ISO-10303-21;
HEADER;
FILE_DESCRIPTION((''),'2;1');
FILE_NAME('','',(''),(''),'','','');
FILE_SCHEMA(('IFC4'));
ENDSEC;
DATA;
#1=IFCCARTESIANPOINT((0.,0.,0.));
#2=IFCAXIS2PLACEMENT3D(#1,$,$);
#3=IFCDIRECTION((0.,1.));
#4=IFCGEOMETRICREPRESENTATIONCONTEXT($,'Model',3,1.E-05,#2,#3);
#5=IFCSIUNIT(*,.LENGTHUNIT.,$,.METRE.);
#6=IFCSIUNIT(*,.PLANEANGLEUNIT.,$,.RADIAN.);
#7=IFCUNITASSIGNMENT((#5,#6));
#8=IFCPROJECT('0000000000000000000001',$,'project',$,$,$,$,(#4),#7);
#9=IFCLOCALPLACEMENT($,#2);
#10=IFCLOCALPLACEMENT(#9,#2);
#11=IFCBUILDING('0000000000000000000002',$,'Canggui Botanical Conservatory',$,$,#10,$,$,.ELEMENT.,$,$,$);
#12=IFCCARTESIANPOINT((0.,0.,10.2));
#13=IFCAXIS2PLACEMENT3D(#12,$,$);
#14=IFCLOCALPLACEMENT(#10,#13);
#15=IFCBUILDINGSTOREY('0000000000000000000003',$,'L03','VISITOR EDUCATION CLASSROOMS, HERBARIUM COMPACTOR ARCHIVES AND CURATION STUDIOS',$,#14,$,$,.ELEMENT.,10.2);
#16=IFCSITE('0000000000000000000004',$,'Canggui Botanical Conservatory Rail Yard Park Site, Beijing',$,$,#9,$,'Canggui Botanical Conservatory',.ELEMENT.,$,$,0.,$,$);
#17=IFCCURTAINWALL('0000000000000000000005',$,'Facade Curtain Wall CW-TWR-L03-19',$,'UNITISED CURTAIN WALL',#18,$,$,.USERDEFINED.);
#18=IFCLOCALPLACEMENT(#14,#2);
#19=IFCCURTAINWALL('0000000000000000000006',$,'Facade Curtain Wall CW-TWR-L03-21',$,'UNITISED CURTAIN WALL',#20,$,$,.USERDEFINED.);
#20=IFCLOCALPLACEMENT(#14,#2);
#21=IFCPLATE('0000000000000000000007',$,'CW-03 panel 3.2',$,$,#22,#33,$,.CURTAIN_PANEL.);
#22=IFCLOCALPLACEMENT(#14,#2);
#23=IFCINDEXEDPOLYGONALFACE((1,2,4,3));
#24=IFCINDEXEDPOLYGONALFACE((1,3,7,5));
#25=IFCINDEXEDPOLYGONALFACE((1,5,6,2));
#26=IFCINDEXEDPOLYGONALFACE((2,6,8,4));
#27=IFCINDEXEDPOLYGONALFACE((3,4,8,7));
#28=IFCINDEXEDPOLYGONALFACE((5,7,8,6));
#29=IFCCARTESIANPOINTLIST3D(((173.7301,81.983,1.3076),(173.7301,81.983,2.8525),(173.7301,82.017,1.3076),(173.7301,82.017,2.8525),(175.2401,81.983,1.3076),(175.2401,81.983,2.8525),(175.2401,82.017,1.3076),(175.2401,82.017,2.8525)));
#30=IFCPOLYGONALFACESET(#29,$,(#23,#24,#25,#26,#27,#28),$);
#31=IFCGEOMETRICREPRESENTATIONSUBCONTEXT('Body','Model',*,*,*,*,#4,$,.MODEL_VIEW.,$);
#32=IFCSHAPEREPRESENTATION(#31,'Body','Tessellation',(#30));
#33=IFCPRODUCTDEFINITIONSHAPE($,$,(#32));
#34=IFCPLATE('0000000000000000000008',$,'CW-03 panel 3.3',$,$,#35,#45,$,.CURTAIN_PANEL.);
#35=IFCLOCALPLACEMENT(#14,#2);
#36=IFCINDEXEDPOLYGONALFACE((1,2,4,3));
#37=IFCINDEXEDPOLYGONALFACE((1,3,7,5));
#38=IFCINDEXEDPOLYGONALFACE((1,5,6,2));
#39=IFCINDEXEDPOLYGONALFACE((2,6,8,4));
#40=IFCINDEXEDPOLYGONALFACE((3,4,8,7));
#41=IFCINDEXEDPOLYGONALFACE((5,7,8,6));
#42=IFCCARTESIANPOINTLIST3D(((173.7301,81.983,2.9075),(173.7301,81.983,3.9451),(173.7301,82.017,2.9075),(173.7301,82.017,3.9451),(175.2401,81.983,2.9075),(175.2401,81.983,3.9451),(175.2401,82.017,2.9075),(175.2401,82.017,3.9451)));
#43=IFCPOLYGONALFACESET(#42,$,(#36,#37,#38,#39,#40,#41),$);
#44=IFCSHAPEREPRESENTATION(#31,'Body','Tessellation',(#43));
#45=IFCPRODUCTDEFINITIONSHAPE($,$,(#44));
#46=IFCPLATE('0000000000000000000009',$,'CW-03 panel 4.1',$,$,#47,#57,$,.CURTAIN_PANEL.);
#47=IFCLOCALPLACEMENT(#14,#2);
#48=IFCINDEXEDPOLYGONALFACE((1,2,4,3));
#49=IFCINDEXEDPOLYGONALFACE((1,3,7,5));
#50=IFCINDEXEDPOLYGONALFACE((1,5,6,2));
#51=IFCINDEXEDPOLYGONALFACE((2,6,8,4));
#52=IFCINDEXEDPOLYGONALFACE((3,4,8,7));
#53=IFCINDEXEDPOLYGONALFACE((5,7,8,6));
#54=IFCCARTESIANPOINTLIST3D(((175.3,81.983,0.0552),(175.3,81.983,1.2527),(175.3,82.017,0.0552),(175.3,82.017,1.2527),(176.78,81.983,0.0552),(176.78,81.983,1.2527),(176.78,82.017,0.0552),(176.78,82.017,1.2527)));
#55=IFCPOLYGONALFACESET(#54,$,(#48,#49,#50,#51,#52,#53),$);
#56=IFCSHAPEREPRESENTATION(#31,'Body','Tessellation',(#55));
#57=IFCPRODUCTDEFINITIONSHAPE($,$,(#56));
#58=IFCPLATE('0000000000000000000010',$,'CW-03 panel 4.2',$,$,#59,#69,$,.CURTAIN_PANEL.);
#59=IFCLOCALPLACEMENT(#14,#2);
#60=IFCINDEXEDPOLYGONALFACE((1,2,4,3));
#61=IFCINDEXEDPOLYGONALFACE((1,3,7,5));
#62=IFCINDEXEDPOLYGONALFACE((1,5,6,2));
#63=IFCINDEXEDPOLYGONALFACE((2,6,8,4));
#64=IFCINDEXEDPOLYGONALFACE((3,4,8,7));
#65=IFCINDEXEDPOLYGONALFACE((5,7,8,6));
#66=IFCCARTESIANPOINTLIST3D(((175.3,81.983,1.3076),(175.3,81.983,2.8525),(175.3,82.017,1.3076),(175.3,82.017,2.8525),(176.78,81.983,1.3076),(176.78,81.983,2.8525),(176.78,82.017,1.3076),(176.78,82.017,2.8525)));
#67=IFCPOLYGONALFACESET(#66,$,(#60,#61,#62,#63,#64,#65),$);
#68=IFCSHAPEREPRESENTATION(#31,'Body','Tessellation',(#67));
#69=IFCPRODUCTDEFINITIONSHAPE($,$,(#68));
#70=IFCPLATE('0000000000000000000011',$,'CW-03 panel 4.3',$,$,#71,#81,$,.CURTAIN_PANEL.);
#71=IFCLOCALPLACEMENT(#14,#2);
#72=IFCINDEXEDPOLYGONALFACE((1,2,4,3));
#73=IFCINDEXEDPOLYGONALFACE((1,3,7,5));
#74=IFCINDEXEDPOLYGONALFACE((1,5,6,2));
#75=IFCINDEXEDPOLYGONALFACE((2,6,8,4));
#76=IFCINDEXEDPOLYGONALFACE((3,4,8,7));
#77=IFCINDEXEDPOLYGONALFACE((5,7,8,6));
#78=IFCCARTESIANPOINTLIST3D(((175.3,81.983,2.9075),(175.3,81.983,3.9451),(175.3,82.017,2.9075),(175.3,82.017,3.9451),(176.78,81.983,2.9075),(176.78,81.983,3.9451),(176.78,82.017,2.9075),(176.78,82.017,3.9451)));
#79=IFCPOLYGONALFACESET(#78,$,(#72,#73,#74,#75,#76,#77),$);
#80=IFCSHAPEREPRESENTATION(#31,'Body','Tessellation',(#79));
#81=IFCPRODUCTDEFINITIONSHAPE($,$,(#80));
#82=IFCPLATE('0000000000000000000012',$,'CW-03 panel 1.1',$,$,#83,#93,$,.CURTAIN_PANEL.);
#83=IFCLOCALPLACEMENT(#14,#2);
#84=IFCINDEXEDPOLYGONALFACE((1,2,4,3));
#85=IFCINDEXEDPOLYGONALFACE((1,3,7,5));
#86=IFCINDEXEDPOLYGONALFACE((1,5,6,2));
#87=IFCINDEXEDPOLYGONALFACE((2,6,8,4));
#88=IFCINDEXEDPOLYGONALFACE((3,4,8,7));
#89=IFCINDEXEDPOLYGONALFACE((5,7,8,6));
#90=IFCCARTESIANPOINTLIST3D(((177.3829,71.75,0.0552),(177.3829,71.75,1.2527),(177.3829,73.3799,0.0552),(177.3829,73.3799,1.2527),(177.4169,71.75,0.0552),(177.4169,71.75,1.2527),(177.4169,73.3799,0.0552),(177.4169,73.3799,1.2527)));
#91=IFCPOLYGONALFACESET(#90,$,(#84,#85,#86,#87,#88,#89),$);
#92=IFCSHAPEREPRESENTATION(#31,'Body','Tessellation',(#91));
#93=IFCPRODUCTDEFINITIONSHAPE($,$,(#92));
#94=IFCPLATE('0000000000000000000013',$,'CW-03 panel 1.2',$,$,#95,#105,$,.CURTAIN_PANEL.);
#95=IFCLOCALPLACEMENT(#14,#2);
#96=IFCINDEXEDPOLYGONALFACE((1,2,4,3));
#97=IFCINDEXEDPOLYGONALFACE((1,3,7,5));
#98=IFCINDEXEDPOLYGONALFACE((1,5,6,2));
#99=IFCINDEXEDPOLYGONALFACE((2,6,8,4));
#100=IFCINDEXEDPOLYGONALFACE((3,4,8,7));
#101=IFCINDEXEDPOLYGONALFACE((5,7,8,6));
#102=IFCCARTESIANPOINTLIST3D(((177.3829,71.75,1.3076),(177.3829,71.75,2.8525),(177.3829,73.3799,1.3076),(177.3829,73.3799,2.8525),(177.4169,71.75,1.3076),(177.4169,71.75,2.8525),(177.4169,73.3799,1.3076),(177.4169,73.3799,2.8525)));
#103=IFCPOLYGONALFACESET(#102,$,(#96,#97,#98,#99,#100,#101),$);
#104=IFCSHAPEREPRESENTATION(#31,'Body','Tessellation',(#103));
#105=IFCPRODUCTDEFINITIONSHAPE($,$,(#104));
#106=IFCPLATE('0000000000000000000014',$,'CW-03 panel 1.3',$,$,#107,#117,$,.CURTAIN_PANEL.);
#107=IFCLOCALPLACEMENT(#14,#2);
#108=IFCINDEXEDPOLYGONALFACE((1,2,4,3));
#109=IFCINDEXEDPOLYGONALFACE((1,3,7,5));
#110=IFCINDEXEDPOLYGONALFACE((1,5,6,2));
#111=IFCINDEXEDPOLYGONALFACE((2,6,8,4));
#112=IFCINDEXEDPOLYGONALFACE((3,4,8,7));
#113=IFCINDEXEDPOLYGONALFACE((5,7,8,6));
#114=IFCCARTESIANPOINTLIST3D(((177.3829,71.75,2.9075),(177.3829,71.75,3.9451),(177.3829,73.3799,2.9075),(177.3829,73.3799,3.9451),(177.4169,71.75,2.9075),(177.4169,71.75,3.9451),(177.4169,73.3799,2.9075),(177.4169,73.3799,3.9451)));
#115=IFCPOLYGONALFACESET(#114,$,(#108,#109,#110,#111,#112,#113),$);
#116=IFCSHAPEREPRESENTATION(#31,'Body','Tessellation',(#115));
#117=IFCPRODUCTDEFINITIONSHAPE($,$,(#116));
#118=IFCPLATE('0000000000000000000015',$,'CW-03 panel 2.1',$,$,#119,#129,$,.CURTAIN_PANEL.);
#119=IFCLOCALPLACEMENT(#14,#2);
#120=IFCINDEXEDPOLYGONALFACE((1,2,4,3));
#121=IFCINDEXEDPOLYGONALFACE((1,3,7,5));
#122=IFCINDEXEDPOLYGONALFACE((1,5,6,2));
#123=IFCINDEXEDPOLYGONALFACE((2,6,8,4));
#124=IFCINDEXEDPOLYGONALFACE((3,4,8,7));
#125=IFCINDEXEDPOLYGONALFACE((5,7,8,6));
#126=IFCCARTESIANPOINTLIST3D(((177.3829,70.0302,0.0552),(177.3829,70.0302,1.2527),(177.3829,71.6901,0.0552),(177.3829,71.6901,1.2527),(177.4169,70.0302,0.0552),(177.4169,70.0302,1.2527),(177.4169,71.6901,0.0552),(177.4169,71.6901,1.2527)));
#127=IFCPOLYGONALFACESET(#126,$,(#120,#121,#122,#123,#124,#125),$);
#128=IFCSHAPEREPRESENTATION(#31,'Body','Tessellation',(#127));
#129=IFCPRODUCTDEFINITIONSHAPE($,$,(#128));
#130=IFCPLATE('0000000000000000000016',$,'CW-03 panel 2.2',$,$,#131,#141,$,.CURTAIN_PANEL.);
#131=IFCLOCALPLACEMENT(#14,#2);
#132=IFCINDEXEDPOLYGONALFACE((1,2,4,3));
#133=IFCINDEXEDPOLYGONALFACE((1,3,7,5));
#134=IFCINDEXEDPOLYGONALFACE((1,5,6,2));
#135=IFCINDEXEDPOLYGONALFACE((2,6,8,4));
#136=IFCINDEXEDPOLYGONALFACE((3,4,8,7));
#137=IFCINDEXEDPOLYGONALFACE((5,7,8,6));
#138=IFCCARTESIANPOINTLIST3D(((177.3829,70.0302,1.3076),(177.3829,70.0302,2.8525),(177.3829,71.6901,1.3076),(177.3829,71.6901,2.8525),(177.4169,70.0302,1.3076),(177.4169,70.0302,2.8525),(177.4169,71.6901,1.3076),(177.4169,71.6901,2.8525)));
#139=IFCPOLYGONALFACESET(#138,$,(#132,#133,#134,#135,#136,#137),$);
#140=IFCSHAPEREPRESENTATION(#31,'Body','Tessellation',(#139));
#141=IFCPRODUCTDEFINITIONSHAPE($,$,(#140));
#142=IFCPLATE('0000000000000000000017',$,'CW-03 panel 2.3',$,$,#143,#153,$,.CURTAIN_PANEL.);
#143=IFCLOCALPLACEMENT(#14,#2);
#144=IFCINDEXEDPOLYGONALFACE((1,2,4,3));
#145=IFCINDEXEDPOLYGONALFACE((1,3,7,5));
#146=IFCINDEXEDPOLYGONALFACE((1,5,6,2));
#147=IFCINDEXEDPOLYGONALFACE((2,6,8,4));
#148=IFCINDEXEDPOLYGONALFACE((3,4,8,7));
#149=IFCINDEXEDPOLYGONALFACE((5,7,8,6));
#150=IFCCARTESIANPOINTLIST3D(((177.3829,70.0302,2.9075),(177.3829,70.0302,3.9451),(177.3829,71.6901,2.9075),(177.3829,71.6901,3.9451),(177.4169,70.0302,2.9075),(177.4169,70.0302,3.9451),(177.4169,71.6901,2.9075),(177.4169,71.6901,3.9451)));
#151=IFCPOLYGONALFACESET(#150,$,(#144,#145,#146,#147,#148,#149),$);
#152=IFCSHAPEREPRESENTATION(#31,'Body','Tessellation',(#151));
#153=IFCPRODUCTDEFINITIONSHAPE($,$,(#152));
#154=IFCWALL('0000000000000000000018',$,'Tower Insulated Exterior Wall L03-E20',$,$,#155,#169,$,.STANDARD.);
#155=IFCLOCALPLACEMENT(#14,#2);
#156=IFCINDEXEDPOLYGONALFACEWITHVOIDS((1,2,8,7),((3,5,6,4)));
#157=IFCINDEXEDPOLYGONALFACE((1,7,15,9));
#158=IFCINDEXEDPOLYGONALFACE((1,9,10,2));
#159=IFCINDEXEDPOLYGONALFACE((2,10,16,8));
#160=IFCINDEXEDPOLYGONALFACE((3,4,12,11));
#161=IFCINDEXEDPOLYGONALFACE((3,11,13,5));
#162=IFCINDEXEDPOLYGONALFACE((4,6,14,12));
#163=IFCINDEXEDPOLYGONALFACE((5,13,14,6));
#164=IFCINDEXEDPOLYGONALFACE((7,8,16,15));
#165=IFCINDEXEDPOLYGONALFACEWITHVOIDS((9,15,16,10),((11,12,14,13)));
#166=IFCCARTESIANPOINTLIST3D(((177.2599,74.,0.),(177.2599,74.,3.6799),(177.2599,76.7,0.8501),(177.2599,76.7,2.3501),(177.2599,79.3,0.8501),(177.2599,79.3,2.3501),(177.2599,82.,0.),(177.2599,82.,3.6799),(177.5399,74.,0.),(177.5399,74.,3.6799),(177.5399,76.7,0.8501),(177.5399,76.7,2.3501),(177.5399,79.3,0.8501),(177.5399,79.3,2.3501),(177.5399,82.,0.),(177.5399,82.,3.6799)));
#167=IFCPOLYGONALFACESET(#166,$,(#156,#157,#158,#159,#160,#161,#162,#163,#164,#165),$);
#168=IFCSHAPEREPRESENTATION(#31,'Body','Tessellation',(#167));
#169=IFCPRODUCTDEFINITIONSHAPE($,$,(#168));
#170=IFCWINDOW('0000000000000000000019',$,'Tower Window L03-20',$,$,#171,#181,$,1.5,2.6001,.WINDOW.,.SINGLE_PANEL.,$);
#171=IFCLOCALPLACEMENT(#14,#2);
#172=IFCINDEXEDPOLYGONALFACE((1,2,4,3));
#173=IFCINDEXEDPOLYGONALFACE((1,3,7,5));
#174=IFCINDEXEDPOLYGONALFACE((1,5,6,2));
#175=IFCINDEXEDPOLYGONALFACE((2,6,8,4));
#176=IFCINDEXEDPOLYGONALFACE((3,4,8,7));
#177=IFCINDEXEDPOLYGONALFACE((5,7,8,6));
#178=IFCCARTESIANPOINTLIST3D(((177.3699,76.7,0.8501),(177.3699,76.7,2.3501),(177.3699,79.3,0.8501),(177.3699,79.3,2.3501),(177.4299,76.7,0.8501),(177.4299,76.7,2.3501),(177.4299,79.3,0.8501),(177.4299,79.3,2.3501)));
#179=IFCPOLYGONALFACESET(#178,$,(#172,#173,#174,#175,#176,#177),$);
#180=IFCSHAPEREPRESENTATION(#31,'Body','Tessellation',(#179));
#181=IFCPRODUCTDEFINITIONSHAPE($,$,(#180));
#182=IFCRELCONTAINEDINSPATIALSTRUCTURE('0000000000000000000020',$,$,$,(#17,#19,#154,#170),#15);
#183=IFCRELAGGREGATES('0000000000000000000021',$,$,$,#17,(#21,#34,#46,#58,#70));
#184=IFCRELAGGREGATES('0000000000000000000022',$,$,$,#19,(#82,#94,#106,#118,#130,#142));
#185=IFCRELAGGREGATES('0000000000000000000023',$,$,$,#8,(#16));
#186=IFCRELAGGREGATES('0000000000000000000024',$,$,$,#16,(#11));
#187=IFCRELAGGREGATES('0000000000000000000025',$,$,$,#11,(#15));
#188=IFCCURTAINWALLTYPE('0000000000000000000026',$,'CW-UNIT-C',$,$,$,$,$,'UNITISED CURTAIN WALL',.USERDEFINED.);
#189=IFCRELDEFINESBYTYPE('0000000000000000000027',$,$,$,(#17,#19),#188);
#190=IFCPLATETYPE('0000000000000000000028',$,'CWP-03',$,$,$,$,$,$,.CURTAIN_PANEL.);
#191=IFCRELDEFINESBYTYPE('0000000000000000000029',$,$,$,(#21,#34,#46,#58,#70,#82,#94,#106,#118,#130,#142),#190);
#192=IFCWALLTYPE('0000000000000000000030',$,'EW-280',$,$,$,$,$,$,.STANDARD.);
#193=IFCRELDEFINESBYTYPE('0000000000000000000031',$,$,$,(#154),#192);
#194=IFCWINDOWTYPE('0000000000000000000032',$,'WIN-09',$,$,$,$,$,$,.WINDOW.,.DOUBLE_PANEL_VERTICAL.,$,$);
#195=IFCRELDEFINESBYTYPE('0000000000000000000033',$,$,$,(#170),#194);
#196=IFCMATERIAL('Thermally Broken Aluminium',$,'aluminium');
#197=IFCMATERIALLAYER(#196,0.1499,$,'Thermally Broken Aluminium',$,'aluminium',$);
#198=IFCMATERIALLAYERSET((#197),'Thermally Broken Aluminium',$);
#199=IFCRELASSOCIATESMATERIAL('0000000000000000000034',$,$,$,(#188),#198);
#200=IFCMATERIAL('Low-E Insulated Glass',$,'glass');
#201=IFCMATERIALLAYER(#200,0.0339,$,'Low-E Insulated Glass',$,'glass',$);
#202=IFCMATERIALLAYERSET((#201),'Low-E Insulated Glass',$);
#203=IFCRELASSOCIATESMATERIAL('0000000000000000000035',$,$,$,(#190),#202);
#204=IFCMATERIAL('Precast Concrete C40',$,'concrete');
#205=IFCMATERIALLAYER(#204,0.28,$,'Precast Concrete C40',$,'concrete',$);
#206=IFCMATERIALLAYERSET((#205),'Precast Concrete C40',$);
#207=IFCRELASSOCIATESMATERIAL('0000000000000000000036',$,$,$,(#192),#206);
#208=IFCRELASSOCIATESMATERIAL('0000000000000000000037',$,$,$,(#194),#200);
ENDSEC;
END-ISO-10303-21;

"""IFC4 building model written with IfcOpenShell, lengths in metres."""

from ifc_helpers import new_model, si_unit, direction, frame, frame_2d, origin, origin_2d, place, context, subcontext, project, spatial, rectangle, extrude, material, layer, layer_set, type_object, element, fill, aggregate, save


model = new_model("IFC4")

# Units and contexts
model_context = context("Model", 3, precision=1e-05, world=origin(), true_north=direction((0.0, 1.0)))
body_context = subcontext(model_context, "Body", "Model", "MODEL_VIEW")
ifc_project = project(units=[si_unit("LENGTHUNIT", "METRE"), si_unit("PLANEANGLEUNIT", "RADIAN")], contexts=[model_context])

# Site, building, storey
site_placement = place(None, origin())
site = spatial("IfcSite", under=ifc_project, at=site_placement, Name="Canggui Botanical Conservatory Rail Yard Park Site, Beijing", LongName="Canggui Botanical Conservatory", CompositionType="ELEMENT", RefElevation=0.0)
building_placement = place(site_placement, origin())
building = spatial("IfcBuilding", under=site, at=building_placement, Name="Canggui Botanical Conservatory", CompositionType="ELEMENT")
storey_placement = place(building_placement, frame((0.0, 0.0, 10.2)))
storey = spatial("IfcBuildingStorey", under=building, at=storey_placement, Name="L03", Description="VISITOR EDUCATION CLASSROOMS, HERBARIUM COMPACTOR ARCHIVES AND CURATION STUDIOS", CompositionType="ELEMENT", Elevation=10.2)

# Curtain walls
ifc_material_1 = material(Name="Thermally Broken Aluminium", Category="aluminium")
ifc_layer_1 = layer(ifc_material_1, 0.1499, Name="Thermally Broken Aluminium", Category="aluminium")
ifc_layer_set_1 = layer_set([ifc_layer_1], Name="Thermally Broken Aluminium")
curtain_wall_type = type_object("IfcCurtainWallType", Name="CW-UNIT-C", ElementType="UNITISED CURTAIN WALL", PredefinedType="USERDEFINED", material=ifc_layer_set_1)
curtain_wall_1_placement = place(storey_placement, origin())
curtain_wall_1 = element("IfcCurtainWall", 1, at=curtain_wall_1_placement, inside=storey, type_object=curtain_wall_type, Name="Facade Curtain Wall CW-TWR-L03-19", ObjectType="UNITISED CURTAIN WALL", PredefinedType="USERDEFINED")
curtain_wall_2_placement = place(storey_placement, origin())
curtain_wall_2 = element("IfcCurtainWall", 2, at=curtain_wall_2_placement, inside=storey, type_object=curtain_wall_type, Name="Facade Curtain Wall CW-TWR-L03-21", ObjectType="UNITISED CURTAIN WALL", PredefinedType="USERDEFINED")

# Plates
ifc_material_2 = material(Name="Low-E Insulated Glass", Category="glass")
ifc_layer_2 = layer(ifc_material_2, 0.0339, Name="Low-E Insulated Glass", Category="glass")
ifc_layer_set_2 = layer_set([ifc_layer_2], Name="Low-E Insulated Glass")
plate_type = type_object("IfcPlateType", Name="CWP-03", PredefinedType="CURTAIN_PANEL", material=ifc_layer_set_2)
plate_1_placement = place(storey_placement, frame((174.4851, 82.0, 1.3076), z_axis=(0.0, 0.0, 1.0), x_axis=(1.0, 0.0, 0.0)))
plate_1 = element("IfcPlate", 3, at=plate_1_placement, type_object=plate_type, Name="CW-03 panel 3.2", PredefinedType="CURTAIN_PANEL", context=body_context, shape_type="SweptSolid", body=[
    extrude(rectangle(XDim=1.51, YDim=0.0339, at=origin_2d()), origin(), (0.0, 0.0, 1.0), 1.5449),
])
plate_2_placement = place(storey_placement, frame((174.4851, 82.0, 2.9075), z_axis=(0.0, 0.0, 1.0), x_axis=(1.0, 0.0, 0.0)))
plate_2 = element("IfcPlate", 4, at=plate_2_placement, type_object=plate_type, Name="CW-03 panel 3.3", PredefinedType="CURTAIN_PANEL", context=body_context, shape_type="SweptSolid", body=[
    extrude(rectangle(XDim=1.51, YDim=0.0339, at=origin_2d()), origin(), (0.0, 0.0, 1.0), 1.0376),
])
plate_3_placement = place(storey_placement, frame((176.04, 82.0, 0.0552), z_axis=(0.0, 0.0, 1.0), x_axis=(1.0, 0.0, 0.0)))
plate_3 = element("IfcPlate", 5, at=plate_3_placement, type_object=plate_type, Name="CW-03 panel 4.1", PredefinedType="CURTAIN_PANEL", context=body_context, shape_type="SweptSolid", body=[
    extrude(rectangle(XDim=1.48, YDim=0.0339, at=origin_2d()), origin(), (0.0, 0.0, 1.0), 1.1975),
])
plate_4_placement = place(storey_placement, frame((176.04, 82.0, 1.3076), z_axis=(0.0, 0.0, 1.0), x_axis=(1.0, 0.0, 0.0)))
plate_4 = element("IfcPlate", 6, at=plate_4_placement, type_object=plate_type, Name="CW-03 panel 4.2", PredefinedType="CURTAIN_PANEL", context=body_context, shape_type="SweptSolid", body=[
    extrude(rectangle(XDim=1.48, YDim=0.0339, at=origin_2d()), origin(), (0.0, 0.0, 1.0), 1.5449),
])
plate_5_placement = place(storey_placement, frame((176.04, 82.0, 2.9075), z_axis=(0.0, 0.0, 1.0), x_axis=(1.0, 0.0, 0.0)))
plate_5 = element("IfcPlate", 7, at=plate_5_placement, type_object=plate_type, Name="CW-03 panel 4.3", PredefinedType="CURTAIN_PANEL", context=body_context, shape_type="SweptSolid", body=[
    extrude(rectangle(XDim=1.48, YDim=0.0339, at=origin_2d()), origin(), (0.0, 0.0, 1.0), 1.0376),
])
aggregate(curtain_wall_1, [plate_1, plate_2, plate_3, plate_4, plate_5])
plate_6_placement = place(storey_placement, frame((177.3999, 72.5649, 0.0552), z_axis=(0.0, 0.0, 1.0), x_axis=(0.0, -1.0, 0.0)))
plate_6 = element("IfcPlate", 8, at=plate_6_placement, type_object=plate_type, Name="CW-03 panel 1.1", PredefinedType="CURTAIN_PANEL", context=body_context, shape_type="SweptSolid", body=[
    extrude(rectangle(XDim=1.6299, YDim=0.0339, at=origin_2d()), origin(), (0.0, 0.0, 1.0), 1.1975),
])
plate_7_placement = place(storey_placement, frame((177.3999, 72.5649, 1.3076), z_axis=(0.0, 0.0, 1.0), x_axis=(0.0, -1.0, 0.0)))
plate_7 = element("IfcPlate", 9, at=plate_7_placement, type_object=plate_type, Name="CW-03 panel 1.2", PredefinedType="CURTAIN_PANEL", context=body_context, shape_type="SweptSolid", body=[
    extrude(rectangle(XDim=1.6299, YDim=0.0339, at=origin_2d()), origin(), (0.0, 0.0, 1.0), 1.5449),
])
plate_8_placement = place(storey_placement, frame((177.3999, 72.5649, 2.9075), z_axis=(0.0, 0.0, 1.0), x_axis=(0.0, -1.0, 0.0)))
plate_8 = element("IfcPlate", 10, at=plate_8_placement, type_object=plate_type, Name="CW-03 panel 1.3", PredefinedType="CURTAIN_PANEL", context=body_context, shape_type="SweptSolid", body=[
    extrude(rectangle(XDim=1.6299, YDim=0.0339, at=origin_2d()), origin(), (0.0, 0.0, 1.0), 1.0376),
])
plate_9_placement = place(storey_placement, frame((177.3999, 70.8601, 0.0552), z_axis=(0.0, 0.0, 1.0), x_axis=(0.0, -1.0, 0.0)))
plate_9 = element("IfcPlate", 11, at=plate_9_placement, type_object=plate_type, Name="CW-03 panel 2.1", PredefinedType="CURTAIN_PANEL", context=body_context, shape_type="SweptSolid", body=[
    extrude(rectangle(XDim=1.6599, YDim=0.0339, at=origin_2d()), origin(), (0.0, 0.0, 1.0), 1.1975),
])
plate_10_placement = place(storey_placement, frame((177.3999, 70.8601, 1.3076), z_axis=(0.0, 0.0, 1.0), x_axis=(0.0, -1.0, 0.0)))
plate_10 = element("IfcPlate", 12, at=plate_10_placement, type_object=plate_type, Name="CW-03 panel 2.2", PredefinedType="CURTAIN_PANEL", context=body_context, shape_type="SweptSolid", body=[
    extrude(rectangle(XDim=1.6599, YDim=0.0339, at=origin_2d()), origin(), (0.0, 0.0, 1.0), 1.5449),
])
plate_11_placement = place(storey_placement, frame((177.3999, 70.8601, 2.9075), z_axis=(0.0, 0.0, 1.0), x_axis=(0.0, -1.0, 0.0)))
plate_11 = element("IfcPlate", 13, at=plate_11_placement, type_object=plate_type, Name="CW-03 panel 2.3", PredefinedType="CURTAIN_PANEL", context=body_context, shape_type="SweptSolid", body=[
    extrude(rectangle(XDim=1.6599, YDim=0.0339, at=origin_2d()), origin(), (0.0, 0.0, 1.0), 1.0376),
])
aggregate(curtain_wall_2, [plate_6, plate_7, plate_8, plate_9, plate_10, plate_11])

# Wall, opening, window
ifc_material_3 = material(Name="Precast Concrete C40", Category="concrete")
ifc_layer_3 = layer(ifc_material_3, 0.28, Name="Precast Concrete C40", Category="concrete")
ifc_layer_set_3 = layer_set([ifc_layer_3], Name="Precast Concrete C40")
wall_type = type_object("IfcWallType", Name="EW-280", PredefinedType="STANDARD", material=ifc_layer_set_3)
wall_placement = place(storey_placement, frame((177.3999, 82.0, 0.0), z_axis=(0.0, 0.0, 1.0), x_axis=(0.0, -1.0, 0.0)))
wall = element("IfcWall", 14, at=wall_placement, inside=storey, type_object=wall_type, Name="Tower Insulated Exterior Wall L03-E20", PredefinedType="STANDARD", context=body_context, shape_type="SweptSolid", body=[
    extrude(rectangle(XDim=8.0, YDim=0.28, at=frame_2d((4.0, 0.0))), origin(), (0.0, 0.0, 1.0), 3.6799),
])
opening_placement = place(wall_placement, frame((2.7, 0.0, 0.8501)))
opening = element("IfcOpeningElement", 15, at=opening_placement, cuts=wall, PredefinedType="OPENING", context=body_context, shape_type="SweptSolid", body=[
    extrude(rectangle(XDim=2.6001, YDim=1.5, at=frame_2d((1.3, 0.75))), frame((0.0, 0.1499, 0.0), z_axis=(0.0, -1.0, 0.0), x_axis=(1.0, 0.0, 0.0)), (0.0, 0.0, 1.0), 0.3),
])
window_type = type_object("IfcWindowType", Name="WIN-09", PartitioningType="DOUBLE_PANEL_VERTICAL", PredefinedType="WINDOW", material=ifc_material_2)
window_placement = place(opening_placement, origin())
window = element("IfcWindow", 16, at=window_placement, inside=storey, type_object=window_type, Name="Tower Window L03-20", OverallHeight=1.5, OverallWidth=2.6001, PartitioningType="SINGLE_PANEL", PredefinedType="WINDOW", context=body_context, shape_type="SweptSolid", body=[
    extrude(rectangle(XDim=2.6001, YDim=1.5, at=frame_2d((1.3, 0.75))), frame((0.0, 0.03, 0.0), z_axis=(0.0, -1.0, 0.0), x_axis=(1.0, 0.0, 0.0)), (0.0, 0.0, 1.0), 0.0601),
])
fill(opening, window)

save(model, "model.ifc")
